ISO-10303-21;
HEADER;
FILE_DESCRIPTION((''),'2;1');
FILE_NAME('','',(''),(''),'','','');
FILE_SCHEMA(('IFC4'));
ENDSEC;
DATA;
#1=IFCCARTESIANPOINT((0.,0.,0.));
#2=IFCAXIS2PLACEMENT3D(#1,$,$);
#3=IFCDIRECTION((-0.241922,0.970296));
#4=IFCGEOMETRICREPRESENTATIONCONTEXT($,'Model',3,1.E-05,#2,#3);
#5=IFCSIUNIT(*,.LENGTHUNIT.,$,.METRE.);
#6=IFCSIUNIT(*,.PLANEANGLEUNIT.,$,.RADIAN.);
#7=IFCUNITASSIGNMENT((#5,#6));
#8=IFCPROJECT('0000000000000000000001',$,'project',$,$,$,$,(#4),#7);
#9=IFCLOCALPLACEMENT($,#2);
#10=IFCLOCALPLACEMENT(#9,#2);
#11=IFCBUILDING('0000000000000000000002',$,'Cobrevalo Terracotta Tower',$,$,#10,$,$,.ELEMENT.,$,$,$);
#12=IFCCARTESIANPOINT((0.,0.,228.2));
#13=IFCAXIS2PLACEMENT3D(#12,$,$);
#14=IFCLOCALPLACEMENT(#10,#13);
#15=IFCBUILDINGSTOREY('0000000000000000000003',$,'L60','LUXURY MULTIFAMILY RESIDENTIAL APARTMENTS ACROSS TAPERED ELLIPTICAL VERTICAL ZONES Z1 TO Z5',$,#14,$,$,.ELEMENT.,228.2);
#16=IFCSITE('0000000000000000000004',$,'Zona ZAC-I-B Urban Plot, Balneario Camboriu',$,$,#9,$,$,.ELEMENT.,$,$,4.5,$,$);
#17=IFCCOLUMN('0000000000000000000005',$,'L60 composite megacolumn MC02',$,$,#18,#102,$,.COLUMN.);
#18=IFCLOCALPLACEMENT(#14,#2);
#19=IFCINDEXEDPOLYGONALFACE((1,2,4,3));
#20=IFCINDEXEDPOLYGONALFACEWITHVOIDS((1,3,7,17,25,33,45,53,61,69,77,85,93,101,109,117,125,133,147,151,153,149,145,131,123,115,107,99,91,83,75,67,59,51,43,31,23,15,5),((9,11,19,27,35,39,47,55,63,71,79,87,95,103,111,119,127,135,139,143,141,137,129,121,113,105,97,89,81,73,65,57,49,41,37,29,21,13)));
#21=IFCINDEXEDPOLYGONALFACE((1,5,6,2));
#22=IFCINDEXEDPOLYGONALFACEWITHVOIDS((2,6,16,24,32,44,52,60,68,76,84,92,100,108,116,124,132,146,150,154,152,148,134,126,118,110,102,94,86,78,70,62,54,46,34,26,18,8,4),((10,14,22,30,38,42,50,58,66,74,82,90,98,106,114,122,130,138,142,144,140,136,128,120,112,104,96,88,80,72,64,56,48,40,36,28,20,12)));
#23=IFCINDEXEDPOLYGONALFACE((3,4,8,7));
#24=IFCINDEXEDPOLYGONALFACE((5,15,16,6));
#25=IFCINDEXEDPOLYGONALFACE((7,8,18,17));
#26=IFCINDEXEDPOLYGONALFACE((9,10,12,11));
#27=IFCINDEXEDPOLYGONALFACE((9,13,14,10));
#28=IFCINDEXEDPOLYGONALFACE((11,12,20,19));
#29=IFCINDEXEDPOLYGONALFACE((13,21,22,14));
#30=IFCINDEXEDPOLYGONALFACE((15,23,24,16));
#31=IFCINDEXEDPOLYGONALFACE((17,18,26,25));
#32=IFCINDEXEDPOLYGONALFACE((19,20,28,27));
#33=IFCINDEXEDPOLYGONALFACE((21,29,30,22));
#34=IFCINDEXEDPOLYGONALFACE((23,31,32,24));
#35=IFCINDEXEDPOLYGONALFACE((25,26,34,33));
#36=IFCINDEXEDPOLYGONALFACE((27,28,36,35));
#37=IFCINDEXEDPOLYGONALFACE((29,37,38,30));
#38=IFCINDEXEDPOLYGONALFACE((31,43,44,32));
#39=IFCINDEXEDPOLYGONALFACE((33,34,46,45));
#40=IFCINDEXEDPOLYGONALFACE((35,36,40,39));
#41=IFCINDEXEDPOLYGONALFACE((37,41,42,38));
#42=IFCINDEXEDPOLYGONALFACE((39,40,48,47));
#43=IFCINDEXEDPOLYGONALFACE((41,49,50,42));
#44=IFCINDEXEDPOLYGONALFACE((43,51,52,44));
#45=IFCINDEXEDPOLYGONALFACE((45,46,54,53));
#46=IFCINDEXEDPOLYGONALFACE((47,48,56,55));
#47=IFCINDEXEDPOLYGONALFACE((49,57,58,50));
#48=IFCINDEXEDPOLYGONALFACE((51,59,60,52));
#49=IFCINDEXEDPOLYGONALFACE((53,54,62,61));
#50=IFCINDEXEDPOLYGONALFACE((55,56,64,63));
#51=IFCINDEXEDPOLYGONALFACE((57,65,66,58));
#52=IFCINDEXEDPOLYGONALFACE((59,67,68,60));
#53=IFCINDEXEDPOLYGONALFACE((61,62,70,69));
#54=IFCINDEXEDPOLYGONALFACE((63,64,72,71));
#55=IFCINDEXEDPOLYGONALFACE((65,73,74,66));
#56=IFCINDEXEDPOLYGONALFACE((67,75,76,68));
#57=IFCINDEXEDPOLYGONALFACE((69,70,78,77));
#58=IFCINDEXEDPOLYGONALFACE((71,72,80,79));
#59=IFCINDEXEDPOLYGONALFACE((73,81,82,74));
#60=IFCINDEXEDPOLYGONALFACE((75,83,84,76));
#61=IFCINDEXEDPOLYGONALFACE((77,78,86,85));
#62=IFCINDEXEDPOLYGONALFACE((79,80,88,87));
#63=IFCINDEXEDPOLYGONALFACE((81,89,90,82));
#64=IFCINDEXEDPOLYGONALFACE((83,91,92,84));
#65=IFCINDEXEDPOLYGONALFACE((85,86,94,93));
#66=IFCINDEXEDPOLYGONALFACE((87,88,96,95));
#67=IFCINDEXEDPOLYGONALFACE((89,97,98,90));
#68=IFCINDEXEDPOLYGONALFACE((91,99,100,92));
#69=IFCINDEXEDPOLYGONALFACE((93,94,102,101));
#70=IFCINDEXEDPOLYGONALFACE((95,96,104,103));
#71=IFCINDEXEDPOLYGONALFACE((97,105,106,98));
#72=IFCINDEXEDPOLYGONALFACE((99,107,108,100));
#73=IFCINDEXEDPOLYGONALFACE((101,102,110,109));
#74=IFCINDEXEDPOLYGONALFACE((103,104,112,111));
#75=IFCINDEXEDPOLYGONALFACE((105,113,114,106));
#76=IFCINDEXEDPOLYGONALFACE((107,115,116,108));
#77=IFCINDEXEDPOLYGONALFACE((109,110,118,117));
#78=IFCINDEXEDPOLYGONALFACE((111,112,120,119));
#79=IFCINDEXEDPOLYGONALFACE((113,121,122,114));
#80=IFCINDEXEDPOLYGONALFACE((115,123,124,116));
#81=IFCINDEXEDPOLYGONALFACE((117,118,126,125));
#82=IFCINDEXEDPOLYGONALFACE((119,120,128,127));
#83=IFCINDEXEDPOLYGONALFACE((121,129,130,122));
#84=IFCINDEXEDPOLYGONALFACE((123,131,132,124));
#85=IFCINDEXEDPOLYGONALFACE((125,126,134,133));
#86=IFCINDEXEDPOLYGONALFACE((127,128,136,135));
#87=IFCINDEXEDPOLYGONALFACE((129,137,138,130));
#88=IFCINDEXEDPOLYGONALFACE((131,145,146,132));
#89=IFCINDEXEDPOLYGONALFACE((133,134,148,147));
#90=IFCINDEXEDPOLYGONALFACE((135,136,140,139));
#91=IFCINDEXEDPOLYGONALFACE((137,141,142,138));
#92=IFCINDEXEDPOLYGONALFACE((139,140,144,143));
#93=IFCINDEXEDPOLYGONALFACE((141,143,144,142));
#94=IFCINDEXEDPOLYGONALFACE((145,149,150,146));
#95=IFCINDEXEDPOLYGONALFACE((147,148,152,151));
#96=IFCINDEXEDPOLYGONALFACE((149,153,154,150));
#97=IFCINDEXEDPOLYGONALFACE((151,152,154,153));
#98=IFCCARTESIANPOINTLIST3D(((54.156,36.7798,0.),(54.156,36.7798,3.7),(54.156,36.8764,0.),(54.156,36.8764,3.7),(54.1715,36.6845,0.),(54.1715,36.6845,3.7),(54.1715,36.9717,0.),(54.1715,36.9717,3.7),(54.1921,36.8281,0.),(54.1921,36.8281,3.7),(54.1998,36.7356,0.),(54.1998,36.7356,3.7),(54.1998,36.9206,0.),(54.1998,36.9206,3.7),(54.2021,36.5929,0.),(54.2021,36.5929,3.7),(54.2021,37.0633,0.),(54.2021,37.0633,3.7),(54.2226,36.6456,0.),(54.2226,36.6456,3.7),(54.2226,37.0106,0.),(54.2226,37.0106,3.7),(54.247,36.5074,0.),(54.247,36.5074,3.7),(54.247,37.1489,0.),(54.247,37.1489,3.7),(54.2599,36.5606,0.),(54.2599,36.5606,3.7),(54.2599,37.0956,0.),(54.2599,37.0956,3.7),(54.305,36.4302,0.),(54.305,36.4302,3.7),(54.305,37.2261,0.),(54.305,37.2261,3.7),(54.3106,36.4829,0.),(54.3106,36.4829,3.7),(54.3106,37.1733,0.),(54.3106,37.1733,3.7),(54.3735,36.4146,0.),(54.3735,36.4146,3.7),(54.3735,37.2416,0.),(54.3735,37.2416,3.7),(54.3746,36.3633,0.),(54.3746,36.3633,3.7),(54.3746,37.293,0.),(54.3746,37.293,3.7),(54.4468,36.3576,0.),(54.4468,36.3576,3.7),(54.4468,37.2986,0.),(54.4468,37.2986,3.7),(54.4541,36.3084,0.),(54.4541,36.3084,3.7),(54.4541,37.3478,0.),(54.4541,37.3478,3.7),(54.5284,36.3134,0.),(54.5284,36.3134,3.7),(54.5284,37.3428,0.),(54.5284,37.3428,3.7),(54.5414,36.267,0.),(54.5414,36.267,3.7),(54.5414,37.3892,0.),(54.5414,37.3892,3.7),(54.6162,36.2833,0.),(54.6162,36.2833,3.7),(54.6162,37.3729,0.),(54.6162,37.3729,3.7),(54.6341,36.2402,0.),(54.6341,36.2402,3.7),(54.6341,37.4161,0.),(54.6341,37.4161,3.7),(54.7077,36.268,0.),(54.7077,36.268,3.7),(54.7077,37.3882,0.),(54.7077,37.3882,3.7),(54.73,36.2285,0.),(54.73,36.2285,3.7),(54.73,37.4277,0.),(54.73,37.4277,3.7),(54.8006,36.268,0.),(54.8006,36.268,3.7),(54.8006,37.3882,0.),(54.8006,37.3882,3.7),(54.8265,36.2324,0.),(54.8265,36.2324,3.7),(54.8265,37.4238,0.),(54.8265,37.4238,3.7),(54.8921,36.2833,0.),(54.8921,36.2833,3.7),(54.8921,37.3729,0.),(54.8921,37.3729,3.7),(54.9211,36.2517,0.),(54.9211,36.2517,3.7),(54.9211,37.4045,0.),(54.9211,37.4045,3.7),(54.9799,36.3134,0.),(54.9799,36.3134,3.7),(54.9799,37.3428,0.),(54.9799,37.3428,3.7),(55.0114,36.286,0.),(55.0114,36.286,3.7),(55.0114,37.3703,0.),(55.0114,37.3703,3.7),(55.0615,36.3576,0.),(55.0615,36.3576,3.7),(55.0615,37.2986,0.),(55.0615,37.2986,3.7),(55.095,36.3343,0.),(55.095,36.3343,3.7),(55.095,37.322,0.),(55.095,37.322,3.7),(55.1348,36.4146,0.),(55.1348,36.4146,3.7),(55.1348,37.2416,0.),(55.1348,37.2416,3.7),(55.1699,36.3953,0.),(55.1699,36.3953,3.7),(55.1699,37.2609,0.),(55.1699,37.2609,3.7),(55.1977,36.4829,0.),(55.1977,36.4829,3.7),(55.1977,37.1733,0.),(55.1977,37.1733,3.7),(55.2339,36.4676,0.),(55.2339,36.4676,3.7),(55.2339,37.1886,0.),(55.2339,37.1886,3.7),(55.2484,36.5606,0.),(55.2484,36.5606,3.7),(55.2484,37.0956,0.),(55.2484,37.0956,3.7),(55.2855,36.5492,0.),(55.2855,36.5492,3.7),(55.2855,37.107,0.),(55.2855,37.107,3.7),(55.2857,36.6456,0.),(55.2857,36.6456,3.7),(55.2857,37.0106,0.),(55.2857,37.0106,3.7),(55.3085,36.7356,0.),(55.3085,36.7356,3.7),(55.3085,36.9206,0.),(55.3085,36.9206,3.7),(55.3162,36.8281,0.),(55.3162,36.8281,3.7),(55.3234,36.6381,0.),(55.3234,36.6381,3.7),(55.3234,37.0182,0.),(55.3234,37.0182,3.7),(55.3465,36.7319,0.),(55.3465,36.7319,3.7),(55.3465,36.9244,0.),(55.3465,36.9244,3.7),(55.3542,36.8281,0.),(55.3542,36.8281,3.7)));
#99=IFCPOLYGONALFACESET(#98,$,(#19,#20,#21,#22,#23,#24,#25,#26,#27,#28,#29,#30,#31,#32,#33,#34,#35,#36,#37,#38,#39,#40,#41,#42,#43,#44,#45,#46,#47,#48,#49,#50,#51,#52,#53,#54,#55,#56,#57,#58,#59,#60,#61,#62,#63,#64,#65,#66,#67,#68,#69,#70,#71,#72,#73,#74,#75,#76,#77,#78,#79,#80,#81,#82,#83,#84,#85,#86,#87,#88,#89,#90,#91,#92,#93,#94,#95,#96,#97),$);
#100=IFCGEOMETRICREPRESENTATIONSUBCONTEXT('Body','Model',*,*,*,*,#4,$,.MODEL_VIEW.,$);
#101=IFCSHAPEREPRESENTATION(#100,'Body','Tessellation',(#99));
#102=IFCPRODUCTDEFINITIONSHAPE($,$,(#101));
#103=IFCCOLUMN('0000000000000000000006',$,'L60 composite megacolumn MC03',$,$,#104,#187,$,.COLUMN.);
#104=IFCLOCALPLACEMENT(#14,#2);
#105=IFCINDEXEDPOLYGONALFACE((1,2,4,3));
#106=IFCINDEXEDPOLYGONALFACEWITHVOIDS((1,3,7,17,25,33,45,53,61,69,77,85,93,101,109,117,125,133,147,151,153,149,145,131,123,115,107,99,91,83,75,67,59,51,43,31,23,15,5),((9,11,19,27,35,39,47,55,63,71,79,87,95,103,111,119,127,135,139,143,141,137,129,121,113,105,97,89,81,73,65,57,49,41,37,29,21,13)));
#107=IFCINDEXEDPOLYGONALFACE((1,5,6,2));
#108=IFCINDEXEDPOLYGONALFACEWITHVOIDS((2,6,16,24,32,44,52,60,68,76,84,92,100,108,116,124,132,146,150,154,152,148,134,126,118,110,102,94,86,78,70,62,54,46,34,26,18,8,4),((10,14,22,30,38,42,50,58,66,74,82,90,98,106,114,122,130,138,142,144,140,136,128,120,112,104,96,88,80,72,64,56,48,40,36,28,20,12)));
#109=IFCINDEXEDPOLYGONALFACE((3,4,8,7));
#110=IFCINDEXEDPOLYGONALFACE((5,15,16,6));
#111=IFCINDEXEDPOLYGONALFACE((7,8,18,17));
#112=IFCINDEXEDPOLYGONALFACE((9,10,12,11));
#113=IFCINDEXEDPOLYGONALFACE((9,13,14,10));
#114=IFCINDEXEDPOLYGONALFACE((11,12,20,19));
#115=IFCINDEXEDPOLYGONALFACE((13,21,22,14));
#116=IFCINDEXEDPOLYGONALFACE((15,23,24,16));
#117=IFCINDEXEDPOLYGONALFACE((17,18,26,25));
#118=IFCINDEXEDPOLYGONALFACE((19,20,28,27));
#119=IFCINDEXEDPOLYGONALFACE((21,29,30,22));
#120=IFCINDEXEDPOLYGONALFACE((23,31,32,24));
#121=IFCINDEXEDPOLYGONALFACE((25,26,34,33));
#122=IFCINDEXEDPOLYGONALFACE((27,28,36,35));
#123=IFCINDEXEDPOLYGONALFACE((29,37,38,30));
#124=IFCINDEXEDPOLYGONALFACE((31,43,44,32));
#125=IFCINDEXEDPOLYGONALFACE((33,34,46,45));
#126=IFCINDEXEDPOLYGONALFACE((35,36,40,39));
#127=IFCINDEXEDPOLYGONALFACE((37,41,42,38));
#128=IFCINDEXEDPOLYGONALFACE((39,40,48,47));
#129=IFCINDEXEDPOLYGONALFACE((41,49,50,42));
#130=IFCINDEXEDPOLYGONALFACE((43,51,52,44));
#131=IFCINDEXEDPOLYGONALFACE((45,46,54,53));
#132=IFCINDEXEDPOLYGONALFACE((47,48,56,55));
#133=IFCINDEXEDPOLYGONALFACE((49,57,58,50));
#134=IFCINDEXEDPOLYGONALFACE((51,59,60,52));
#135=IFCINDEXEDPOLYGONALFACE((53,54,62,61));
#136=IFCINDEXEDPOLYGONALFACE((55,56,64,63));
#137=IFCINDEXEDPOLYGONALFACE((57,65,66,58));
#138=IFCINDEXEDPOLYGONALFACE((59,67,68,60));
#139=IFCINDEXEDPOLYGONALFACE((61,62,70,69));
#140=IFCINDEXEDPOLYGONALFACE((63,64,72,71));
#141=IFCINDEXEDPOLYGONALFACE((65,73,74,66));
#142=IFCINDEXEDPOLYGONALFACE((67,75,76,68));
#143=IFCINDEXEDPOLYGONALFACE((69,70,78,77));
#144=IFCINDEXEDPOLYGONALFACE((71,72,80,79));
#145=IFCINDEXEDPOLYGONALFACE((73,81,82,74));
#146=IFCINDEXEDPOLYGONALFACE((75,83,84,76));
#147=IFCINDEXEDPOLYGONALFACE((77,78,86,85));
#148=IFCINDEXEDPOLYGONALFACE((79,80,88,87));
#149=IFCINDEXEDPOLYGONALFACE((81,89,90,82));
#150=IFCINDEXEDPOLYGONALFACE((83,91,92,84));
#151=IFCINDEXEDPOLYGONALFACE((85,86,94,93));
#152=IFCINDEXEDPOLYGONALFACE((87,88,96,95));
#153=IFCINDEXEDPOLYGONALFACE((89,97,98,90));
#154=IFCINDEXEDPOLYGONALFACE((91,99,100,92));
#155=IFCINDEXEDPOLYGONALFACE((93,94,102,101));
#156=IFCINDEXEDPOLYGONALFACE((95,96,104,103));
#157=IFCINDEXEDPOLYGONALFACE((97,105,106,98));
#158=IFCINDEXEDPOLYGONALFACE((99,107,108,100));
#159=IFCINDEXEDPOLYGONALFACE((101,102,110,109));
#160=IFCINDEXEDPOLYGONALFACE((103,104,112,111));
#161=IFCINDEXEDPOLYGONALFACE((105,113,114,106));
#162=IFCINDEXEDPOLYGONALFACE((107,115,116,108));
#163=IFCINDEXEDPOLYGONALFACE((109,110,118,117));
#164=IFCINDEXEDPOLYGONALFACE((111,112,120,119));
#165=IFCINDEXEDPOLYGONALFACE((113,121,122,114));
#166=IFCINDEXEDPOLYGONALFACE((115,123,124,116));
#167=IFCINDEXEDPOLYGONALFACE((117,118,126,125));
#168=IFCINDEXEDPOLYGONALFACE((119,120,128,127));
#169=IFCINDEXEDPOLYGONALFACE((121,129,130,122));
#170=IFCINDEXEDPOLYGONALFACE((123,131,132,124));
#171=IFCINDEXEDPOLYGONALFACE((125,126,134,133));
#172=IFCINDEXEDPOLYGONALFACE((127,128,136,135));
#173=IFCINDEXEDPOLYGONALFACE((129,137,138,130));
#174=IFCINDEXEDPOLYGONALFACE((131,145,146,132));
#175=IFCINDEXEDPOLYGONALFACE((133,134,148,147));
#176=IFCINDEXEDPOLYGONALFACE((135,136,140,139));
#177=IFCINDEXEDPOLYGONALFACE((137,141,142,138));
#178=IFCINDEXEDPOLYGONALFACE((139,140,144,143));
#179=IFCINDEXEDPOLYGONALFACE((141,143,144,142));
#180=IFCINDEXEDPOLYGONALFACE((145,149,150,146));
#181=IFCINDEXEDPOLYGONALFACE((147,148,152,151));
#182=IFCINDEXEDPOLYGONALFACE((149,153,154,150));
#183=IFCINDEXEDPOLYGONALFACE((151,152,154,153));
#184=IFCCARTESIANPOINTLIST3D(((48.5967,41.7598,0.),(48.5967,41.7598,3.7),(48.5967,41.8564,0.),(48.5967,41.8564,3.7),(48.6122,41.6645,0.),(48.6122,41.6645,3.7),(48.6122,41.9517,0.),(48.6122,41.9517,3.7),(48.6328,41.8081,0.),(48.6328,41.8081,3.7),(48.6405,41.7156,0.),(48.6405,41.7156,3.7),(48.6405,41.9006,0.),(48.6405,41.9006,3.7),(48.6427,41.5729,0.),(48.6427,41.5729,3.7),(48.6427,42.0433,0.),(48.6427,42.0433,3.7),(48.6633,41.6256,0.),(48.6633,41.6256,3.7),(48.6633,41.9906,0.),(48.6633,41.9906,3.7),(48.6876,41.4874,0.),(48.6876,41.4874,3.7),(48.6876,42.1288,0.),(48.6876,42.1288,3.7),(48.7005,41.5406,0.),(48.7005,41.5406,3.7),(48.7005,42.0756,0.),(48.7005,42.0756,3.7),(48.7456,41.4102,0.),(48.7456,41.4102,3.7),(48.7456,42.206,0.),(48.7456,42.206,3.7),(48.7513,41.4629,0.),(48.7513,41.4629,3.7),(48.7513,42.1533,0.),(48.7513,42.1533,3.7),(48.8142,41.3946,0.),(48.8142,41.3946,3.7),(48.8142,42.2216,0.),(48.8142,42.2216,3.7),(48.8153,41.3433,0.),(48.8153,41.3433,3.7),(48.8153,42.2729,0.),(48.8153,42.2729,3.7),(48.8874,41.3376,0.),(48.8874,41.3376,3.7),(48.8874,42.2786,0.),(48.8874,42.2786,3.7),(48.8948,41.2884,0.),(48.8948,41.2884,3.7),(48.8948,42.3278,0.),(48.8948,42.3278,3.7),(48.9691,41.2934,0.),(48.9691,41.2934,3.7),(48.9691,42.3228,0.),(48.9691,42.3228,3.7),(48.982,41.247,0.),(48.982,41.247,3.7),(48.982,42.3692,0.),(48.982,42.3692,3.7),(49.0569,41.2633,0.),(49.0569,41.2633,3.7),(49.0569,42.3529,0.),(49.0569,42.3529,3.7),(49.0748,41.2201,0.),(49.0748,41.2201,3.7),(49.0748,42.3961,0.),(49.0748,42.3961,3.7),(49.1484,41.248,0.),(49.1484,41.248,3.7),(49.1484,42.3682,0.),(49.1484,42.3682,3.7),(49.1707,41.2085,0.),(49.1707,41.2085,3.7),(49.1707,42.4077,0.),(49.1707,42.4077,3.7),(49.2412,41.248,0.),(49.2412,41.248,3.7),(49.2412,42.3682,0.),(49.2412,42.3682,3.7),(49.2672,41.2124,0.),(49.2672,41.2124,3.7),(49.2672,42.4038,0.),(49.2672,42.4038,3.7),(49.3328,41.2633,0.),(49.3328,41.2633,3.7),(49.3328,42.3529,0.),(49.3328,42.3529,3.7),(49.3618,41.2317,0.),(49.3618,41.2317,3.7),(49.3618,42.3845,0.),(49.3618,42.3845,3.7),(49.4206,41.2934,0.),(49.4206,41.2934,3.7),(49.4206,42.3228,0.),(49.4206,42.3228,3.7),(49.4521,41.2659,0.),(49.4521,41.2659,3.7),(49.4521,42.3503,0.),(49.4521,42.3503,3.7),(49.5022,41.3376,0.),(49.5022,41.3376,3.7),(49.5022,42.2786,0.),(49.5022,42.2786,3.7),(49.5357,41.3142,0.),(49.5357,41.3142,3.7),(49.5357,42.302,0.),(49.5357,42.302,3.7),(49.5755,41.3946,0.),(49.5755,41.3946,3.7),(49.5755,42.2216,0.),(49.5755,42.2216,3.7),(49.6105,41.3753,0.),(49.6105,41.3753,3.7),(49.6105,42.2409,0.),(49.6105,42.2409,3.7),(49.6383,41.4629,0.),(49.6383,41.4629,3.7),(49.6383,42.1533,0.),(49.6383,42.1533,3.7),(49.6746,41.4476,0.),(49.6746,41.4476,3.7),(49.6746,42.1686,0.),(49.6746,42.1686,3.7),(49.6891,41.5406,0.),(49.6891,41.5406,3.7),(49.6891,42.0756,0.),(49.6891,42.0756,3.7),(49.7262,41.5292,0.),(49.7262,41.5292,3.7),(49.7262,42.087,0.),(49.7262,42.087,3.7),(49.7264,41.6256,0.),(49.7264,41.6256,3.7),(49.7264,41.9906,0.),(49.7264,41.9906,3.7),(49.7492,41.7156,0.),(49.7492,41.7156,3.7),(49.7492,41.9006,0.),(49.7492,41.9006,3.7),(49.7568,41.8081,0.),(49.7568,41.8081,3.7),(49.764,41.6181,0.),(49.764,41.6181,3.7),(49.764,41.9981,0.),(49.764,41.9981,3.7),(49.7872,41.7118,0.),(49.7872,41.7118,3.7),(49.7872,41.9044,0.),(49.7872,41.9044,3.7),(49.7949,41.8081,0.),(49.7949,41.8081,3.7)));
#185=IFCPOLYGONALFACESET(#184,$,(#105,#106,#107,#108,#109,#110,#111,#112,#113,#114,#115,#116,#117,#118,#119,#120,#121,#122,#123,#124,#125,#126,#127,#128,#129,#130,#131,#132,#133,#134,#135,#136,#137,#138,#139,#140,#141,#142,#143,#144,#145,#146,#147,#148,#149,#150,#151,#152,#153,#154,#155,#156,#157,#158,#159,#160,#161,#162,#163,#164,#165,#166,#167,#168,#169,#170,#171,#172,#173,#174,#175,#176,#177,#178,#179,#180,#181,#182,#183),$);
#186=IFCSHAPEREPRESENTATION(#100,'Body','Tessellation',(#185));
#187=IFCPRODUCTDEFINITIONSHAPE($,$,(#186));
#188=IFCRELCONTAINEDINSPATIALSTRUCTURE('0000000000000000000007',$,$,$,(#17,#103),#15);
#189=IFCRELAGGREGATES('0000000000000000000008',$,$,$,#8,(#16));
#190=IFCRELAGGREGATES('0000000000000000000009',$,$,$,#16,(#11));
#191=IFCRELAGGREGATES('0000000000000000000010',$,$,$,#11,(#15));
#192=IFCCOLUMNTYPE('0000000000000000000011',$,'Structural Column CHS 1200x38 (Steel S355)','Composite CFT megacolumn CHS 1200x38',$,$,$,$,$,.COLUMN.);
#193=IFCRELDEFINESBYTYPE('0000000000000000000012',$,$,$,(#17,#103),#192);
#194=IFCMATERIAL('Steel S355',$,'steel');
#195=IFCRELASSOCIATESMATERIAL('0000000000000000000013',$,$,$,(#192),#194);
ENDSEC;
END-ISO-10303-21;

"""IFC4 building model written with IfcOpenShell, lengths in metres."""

from ifc_helpers import new_model, si_unit, direction, frame, origin, origin_2d, place, context, subcontext, project, spatial, hollow_circle, extrude, material, material_profile, profile_set, type_object, element, save


model = new_model("IFC4")

# Units and contexts
model_context = context("Model", 3, precision=1e-05, world=origin(), true_north=direction((-0.241922, 0.970296)))
body_context = subcontext(model_context, "Body", "Model", "MODEL_VIEW")
ifc_project = project(units=[si_unit("LENGTHUNIT", "METRE"), si_unit("PLANEANGLEUNIT", "RADIAN")], contexts=[model_context])

# Site, building, storey
site_placement = place(None, origin())
site = spatial("IfcSite", under=ifc_project, at=site_placement, Name="Zona ZAC-I-B Urban Plot, Balneario Camboriu", CompositionType="ELEMENT", RefElevation=4.5)
building_placement = place(site_placement, origin())
building = spatial("IfcBuilding", under=site, at=building_placement, Name="Cobrevalo Terracotta Tower", CompositionType="ELEMENT")
storey_placement = place(building_placement, frame((0.0, 0.0, 228.2)))
storey = spatial("IfcBuildingStorey", under=building, at=storey_placement, Name="L60", Description="LUXURY MULTIFAMILY RESIDENTIAL APARTMENTS ACROSS TAPERED ELLIPTICAL VERTICAL ZONES Z1 TO Z5", CompositionType="ELEMENT", Elevation=228.2)

# Columns
ifc_material_1 = material(Name="Steel S355", Category="steel")
ifc_material_profile_1 = material_profile(ifc_material_1, hollow_circle(Radius=0.6001, WallThickness=0.0381, at=origin_2d()), Name="CHS 1200x38")
ifc_profile_set_1 = profile_set([ifc_material_profile_1], Name="Steel S355")
column_type = type_object("IfcColumnType", Name="Structural Column CHS 1200x38 (Steel S355)", Description="Composite CFT megacolumn CHS 1200x38", PredefinedType="COLUMN", material=ifc_profile_set_1)
for number, where, z_axis, x_axis, name in (
    (1, (54.7542, 36.8281, 0.0), (0.0, 0.0, 1.0), (1.0, 0.0, 0.0), "L60 composite megacolumn MC02"),
    (2, (49.1948, 41.8081, 0.0), (0.0, 0.0, 1.0), (1.0, 0.0, 0.0), "L60 composite megacolumn MC03"),
):
    element("IfcColumn", number, at=place(storey_placement, frame(where, z_axis=z_axis, x_axis=x_axis)), inside=storey, type_object=column_type, Name=name, PredefinedType="COLUMN", context=body_context, shape_type="SweptSolid", body=[
        extrude(hollow_circle(Radius=0.6001, WallThickness=0.0381, at=origin_2d()), origin(), (0.0, 0.0, 1.0), 3.7),
    ])

save(model, "model.ifc")
